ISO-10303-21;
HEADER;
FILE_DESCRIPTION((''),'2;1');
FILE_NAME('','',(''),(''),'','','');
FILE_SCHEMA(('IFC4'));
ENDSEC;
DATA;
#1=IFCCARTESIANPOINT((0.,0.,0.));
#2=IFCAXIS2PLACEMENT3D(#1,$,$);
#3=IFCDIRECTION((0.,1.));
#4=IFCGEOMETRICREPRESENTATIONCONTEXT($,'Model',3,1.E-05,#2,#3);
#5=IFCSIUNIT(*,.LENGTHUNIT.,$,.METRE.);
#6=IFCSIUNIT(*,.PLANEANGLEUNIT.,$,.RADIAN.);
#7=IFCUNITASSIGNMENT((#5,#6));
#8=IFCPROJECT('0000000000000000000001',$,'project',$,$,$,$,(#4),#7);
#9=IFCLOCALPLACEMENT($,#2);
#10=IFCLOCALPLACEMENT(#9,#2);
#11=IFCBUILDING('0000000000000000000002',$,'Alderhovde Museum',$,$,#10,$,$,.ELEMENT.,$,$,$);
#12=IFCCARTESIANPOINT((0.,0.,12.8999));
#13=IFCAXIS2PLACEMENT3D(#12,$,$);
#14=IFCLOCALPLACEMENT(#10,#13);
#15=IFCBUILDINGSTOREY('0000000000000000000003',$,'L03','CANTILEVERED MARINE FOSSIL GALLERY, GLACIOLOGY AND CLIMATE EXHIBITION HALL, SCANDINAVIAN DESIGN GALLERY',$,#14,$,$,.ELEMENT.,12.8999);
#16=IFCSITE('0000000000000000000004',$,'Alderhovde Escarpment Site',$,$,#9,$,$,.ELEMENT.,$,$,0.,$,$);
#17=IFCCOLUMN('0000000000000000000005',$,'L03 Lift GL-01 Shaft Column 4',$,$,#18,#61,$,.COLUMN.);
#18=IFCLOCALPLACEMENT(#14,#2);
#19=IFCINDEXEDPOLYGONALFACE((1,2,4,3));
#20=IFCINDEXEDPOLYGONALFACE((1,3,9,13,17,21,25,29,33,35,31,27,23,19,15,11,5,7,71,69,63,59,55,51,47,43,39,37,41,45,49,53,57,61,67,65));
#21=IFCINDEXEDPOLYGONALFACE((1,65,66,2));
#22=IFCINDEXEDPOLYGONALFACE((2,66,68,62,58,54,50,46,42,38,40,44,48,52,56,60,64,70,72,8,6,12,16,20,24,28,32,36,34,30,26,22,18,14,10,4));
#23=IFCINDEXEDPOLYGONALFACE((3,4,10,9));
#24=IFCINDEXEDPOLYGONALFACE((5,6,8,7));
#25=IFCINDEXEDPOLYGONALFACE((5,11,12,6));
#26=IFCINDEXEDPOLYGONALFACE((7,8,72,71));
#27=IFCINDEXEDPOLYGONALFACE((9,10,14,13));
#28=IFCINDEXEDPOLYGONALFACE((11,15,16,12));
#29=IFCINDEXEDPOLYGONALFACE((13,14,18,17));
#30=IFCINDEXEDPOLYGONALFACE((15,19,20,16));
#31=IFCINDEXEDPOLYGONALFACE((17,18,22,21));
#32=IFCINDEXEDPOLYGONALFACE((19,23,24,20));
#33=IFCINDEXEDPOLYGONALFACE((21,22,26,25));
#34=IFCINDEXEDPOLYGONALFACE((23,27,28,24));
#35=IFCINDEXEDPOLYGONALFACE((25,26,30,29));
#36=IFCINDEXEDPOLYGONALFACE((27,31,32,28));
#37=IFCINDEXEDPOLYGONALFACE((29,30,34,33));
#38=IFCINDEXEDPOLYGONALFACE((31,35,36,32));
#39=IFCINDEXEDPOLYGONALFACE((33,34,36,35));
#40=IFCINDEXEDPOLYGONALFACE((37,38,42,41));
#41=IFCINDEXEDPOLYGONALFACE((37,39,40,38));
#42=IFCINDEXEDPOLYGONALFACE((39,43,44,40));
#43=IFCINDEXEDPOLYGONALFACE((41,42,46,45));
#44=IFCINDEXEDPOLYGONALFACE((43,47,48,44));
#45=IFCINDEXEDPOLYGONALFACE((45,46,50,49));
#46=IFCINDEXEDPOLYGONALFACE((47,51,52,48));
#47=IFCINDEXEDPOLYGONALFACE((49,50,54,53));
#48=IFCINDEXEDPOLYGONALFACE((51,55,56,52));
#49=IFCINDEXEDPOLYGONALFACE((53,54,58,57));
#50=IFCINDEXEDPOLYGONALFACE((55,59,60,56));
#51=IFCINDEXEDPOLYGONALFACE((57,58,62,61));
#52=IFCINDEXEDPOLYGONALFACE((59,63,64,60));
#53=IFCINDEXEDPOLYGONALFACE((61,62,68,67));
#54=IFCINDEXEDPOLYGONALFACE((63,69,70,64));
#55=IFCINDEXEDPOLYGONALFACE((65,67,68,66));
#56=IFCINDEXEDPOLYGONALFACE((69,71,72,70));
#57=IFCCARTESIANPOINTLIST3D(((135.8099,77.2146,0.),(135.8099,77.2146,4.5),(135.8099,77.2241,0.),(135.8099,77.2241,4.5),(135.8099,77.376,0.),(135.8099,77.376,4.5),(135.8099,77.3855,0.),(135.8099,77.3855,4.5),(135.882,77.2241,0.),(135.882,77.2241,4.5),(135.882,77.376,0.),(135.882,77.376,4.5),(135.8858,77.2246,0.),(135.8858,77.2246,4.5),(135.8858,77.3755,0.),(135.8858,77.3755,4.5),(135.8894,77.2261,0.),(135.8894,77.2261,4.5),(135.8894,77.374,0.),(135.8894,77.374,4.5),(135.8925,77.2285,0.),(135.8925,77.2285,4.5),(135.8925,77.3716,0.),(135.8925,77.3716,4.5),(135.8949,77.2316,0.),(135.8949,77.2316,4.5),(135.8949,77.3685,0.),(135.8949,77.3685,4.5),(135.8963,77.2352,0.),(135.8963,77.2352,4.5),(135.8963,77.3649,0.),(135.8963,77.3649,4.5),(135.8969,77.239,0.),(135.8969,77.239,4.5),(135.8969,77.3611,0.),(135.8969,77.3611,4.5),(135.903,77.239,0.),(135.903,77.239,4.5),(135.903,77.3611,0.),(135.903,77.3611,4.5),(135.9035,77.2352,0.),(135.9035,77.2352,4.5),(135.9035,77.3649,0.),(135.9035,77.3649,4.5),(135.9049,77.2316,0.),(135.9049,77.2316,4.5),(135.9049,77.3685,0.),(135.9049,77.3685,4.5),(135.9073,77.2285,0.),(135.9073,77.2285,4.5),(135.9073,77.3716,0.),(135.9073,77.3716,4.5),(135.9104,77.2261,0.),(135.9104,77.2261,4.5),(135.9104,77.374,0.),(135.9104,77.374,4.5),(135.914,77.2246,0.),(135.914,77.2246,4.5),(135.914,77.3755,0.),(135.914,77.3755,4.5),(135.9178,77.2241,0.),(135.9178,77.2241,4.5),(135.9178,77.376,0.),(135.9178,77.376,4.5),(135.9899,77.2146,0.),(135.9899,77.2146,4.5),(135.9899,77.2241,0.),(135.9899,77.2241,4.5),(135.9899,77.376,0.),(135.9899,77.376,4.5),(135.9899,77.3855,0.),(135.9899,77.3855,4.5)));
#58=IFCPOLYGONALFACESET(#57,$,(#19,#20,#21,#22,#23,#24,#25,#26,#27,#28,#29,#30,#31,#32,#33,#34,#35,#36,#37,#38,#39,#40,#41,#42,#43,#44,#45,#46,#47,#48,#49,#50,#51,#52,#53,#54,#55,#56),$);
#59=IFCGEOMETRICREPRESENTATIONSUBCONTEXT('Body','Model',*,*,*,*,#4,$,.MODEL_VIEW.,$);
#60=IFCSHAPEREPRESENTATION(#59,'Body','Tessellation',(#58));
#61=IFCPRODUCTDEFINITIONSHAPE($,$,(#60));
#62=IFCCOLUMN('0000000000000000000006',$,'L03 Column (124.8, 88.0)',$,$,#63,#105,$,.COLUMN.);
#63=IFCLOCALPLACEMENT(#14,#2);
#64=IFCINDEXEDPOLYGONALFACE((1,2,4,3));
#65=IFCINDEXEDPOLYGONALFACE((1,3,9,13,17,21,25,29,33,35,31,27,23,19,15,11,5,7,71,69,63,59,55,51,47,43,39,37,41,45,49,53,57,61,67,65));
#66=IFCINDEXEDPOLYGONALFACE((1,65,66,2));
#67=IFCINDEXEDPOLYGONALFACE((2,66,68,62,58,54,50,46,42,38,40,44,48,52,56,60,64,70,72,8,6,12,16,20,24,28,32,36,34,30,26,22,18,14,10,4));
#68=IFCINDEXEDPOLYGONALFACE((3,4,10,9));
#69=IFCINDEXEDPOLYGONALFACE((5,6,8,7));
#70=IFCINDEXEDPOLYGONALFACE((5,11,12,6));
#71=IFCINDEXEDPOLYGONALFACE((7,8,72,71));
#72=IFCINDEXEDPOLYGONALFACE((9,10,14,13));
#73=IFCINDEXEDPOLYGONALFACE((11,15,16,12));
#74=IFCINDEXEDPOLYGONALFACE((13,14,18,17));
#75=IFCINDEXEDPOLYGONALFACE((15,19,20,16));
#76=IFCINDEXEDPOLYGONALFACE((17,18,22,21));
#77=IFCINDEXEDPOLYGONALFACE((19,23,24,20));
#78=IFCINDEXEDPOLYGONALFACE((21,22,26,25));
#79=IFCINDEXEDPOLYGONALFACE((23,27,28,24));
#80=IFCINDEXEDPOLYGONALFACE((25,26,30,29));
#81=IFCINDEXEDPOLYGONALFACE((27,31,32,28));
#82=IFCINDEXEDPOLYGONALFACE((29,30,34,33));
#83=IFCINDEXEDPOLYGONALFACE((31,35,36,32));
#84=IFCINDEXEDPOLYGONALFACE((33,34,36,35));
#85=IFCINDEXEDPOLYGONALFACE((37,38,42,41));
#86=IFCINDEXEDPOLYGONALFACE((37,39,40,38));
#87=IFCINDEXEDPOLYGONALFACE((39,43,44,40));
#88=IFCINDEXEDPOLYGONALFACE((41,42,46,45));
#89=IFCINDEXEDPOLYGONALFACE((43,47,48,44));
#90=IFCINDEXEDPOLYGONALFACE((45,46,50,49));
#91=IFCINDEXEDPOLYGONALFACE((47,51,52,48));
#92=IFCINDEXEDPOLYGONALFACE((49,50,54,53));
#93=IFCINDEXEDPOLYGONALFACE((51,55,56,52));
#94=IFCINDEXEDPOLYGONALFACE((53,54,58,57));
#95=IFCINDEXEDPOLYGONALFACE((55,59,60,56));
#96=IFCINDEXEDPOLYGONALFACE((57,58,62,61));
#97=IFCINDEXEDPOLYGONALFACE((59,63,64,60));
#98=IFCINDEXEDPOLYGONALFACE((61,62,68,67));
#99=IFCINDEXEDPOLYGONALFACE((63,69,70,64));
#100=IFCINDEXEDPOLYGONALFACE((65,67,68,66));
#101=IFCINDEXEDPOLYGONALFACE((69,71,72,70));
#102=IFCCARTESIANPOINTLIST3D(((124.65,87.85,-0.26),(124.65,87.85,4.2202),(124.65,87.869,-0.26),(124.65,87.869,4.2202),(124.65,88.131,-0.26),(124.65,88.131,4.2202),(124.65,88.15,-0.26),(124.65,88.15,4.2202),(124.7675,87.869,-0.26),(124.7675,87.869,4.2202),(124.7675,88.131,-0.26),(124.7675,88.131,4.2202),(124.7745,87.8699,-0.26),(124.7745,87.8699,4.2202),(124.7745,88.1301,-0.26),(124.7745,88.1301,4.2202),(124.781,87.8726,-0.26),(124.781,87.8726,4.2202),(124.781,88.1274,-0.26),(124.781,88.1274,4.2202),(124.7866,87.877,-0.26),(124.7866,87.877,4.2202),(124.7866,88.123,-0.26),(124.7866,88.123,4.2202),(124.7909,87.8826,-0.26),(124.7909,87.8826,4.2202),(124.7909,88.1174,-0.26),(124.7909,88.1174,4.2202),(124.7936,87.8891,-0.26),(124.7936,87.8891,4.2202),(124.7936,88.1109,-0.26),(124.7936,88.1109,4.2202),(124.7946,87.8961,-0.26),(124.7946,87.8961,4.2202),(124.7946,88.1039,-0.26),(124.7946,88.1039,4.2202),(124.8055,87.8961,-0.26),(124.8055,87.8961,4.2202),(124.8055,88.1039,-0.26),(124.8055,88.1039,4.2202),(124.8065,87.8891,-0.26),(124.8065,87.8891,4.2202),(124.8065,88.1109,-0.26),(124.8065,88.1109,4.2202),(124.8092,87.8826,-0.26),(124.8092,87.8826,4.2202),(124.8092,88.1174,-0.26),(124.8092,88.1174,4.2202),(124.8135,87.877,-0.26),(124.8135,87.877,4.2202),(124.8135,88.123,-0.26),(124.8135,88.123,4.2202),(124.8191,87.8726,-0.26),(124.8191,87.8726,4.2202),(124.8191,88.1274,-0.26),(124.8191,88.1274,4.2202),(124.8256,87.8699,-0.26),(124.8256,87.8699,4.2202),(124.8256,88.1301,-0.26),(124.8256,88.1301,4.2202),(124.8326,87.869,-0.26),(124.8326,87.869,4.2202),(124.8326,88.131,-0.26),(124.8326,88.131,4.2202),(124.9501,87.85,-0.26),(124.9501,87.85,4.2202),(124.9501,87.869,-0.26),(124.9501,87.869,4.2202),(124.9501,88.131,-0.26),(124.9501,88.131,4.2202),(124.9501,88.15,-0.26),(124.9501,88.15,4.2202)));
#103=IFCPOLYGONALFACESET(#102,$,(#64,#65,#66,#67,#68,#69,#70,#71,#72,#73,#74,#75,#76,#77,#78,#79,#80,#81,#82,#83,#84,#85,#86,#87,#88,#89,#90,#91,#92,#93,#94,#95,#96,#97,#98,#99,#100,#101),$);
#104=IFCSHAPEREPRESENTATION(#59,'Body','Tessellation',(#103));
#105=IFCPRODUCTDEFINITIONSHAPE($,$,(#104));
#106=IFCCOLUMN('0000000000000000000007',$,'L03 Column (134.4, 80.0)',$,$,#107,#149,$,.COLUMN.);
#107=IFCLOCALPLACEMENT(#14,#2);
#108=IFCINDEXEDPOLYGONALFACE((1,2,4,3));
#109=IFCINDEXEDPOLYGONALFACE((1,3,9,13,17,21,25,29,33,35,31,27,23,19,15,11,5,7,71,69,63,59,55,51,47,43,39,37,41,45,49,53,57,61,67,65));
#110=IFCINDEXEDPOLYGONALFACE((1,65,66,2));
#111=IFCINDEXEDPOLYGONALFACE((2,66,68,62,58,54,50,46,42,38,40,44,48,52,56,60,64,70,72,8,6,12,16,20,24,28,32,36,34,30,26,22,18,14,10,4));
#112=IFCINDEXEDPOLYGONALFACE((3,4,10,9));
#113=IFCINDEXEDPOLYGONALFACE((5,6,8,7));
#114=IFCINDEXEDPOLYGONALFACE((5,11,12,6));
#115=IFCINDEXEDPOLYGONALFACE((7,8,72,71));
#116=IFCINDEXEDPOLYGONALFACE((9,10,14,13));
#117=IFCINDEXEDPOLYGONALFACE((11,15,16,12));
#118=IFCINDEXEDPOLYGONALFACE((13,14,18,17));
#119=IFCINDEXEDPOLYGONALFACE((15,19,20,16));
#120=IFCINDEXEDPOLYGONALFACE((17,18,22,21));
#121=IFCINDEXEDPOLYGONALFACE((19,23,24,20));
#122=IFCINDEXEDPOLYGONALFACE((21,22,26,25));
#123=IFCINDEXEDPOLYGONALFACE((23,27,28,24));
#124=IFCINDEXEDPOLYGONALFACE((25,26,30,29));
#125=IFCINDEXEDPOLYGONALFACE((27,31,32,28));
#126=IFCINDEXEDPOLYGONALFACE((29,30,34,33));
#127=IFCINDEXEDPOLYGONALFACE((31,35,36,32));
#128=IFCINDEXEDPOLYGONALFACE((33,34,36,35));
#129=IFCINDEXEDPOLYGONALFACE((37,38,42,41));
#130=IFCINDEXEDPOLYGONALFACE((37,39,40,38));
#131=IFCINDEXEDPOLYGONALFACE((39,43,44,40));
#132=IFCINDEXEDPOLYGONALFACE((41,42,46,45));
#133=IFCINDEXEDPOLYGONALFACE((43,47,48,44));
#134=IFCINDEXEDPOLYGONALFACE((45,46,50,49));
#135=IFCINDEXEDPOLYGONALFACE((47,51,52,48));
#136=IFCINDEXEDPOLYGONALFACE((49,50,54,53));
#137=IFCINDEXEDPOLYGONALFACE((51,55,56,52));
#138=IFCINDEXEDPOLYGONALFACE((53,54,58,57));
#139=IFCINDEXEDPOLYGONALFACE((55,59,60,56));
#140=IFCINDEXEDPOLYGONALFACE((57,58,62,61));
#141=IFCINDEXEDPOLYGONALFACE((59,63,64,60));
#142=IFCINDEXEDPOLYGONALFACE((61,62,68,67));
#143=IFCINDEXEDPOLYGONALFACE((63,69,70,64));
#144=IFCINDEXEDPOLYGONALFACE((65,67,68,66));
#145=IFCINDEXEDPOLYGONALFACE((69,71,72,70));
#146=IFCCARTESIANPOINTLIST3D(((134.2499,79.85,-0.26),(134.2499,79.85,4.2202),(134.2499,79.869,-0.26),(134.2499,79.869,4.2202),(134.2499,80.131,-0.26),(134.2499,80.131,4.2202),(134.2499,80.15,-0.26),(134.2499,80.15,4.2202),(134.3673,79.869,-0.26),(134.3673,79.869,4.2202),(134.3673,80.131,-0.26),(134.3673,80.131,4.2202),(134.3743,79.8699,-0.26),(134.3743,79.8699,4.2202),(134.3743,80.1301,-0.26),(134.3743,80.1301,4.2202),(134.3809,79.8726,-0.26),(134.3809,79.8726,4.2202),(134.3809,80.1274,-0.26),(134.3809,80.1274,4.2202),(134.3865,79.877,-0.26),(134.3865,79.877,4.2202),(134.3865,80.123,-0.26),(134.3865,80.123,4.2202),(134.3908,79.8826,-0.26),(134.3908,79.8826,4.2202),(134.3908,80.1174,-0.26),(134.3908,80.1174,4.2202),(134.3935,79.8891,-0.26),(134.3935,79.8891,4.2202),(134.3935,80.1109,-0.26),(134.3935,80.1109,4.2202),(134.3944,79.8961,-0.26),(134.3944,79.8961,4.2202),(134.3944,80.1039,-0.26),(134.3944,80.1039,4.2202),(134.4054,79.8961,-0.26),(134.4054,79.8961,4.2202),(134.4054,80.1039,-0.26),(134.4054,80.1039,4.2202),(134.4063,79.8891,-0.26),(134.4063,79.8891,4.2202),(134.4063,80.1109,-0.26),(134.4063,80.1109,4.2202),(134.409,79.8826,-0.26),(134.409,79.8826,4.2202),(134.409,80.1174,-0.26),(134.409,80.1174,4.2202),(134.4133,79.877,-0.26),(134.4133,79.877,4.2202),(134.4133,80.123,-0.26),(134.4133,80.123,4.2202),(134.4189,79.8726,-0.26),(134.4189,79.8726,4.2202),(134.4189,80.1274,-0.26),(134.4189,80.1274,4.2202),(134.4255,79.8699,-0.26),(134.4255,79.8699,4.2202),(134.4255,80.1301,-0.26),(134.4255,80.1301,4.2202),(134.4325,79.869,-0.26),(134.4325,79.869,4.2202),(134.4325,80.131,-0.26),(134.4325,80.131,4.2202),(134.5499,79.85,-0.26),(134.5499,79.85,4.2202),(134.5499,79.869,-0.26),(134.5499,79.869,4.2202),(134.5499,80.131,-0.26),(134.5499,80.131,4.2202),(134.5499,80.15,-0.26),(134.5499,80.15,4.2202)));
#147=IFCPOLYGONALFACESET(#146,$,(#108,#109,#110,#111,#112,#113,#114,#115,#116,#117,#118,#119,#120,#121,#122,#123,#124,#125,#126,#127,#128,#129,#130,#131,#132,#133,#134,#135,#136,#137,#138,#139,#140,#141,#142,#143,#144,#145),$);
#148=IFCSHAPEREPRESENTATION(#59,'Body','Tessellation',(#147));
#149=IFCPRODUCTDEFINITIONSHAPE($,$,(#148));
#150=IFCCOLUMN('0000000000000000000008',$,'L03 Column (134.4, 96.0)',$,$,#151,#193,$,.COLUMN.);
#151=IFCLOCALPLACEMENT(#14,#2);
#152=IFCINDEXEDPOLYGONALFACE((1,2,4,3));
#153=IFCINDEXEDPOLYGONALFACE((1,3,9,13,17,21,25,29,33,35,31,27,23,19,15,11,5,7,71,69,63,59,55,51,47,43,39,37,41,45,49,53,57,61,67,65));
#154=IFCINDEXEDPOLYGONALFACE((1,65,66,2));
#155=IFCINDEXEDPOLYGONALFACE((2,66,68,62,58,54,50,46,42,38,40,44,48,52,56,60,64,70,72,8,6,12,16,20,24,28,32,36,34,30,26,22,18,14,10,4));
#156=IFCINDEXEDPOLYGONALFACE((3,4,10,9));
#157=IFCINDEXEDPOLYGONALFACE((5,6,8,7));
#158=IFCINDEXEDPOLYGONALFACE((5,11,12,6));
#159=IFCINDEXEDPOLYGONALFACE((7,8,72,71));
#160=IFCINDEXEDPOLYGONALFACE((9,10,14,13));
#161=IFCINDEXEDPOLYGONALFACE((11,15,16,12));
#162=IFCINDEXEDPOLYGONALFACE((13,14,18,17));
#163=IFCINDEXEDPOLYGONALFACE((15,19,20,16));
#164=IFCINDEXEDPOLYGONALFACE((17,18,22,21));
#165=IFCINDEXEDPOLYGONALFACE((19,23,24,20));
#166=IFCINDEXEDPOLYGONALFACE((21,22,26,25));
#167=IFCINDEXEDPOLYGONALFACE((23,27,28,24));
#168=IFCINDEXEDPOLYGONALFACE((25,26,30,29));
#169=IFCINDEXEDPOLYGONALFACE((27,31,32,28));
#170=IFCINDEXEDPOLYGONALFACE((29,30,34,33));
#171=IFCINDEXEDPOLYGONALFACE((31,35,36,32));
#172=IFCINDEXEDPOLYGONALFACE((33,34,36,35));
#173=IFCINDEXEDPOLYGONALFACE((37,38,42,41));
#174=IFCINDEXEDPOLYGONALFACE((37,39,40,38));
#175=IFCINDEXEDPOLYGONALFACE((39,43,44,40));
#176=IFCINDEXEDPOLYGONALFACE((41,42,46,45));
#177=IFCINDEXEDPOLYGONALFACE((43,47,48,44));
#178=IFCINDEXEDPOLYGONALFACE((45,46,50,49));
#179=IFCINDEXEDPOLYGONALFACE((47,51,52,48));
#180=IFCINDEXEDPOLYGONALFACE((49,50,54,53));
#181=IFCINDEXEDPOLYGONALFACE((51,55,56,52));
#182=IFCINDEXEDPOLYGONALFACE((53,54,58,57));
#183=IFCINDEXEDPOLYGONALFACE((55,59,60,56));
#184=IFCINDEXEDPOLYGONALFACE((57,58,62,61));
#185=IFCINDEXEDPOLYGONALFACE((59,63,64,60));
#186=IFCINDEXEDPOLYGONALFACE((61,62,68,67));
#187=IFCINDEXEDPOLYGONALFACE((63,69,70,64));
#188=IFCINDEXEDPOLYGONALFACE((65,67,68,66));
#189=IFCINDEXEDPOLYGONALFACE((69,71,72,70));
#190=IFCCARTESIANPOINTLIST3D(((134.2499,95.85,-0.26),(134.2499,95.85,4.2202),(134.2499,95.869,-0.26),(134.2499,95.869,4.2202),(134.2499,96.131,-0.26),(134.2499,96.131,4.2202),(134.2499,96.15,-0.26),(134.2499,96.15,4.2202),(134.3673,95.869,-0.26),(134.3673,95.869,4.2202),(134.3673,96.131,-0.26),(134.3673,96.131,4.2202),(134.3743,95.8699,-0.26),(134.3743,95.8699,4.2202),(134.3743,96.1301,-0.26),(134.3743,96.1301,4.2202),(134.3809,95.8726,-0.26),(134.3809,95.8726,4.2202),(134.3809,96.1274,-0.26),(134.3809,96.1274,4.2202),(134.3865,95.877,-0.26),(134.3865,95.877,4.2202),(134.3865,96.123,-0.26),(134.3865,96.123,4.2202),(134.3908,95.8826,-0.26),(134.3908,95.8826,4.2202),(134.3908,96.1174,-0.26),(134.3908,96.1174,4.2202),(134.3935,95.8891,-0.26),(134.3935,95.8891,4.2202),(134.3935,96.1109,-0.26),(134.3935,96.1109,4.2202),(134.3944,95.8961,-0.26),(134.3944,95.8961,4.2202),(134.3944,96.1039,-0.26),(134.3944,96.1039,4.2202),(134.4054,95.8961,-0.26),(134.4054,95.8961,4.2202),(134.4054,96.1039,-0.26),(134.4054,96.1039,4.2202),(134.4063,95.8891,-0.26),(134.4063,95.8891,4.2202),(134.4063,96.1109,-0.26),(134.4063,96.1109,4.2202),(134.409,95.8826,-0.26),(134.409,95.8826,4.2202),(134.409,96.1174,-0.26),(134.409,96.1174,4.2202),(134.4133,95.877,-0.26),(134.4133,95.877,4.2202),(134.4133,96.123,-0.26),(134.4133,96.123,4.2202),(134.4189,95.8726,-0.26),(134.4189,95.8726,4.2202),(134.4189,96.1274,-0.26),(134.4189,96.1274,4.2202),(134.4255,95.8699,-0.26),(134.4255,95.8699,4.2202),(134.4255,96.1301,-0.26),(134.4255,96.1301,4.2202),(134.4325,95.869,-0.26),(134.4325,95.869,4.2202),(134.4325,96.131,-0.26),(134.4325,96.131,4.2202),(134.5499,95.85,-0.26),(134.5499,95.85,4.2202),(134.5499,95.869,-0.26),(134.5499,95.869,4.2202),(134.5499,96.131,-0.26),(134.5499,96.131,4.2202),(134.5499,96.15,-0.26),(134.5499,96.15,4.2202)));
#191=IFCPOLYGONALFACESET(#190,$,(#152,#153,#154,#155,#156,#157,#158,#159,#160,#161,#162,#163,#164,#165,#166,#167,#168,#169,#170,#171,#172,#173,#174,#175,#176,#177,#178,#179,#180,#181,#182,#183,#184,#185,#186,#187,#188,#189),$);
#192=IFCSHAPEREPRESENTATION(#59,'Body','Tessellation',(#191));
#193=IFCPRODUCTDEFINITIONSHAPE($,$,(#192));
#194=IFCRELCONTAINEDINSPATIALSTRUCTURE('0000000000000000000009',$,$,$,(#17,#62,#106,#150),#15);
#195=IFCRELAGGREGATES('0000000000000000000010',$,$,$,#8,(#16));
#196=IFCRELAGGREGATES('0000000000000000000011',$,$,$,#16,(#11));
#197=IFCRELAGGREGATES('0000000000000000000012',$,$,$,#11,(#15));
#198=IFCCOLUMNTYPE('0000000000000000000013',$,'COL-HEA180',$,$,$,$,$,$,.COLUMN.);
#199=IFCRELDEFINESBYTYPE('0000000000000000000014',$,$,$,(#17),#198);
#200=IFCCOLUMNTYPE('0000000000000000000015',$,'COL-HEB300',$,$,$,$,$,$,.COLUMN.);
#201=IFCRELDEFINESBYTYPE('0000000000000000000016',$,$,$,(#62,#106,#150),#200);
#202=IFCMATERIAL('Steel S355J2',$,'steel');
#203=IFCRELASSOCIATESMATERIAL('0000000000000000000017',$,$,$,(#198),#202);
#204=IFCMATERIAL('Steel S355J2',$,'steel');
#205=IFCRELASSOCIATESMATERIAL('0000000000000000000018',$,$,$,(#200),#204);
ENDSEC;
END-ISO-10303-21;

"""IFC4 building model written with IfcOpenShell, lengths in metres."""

from ifc_helpers import new_model, si_unit, direction, frame, origin, origin_2d, place, context, subcontext, project, spatial, i_section, extrude, material, material_profile, profile_set, type_object, element, save


model = new_model("IFC4")

# Units and contexts
model_context = context("Model", 3, precision=1e-05, world=origin(), true_north=direction((0.0, 1.0)))
body_context = subcontext(model_context, "Body", "Model", "MODEL_VIEW")
ifc_project = project(units=[si_unit("LENGTHUNIT", "METRE"), si_unit("PLANEANGLEUNIT", "RADIAN")], contexts=[model_context])

# Site, building, storey
site_placement = place(None, origin())
site = spatial("IfcSite", under=ifc_project, at=site_placement, Name="Alderhovde Escarpment Site", CompositionType="ELEMENT", RefElevation=0.0)
building_placement = place(site_placement, origin())
building = spatial("IfcBuilding", under=site, at=building_placement, Name="Alderhovde Museum", CompositionType="ELEMENT")
storey_placement = place(building_placement, frame((0.0, 0.0, 12.8999)))
storey = spatial("IfcBuildingStorey", under=building, at=storey_placement, Name="L03", Description="CANTILEVERED MARINE FOSSIL GALLERY, GLACIOLOGY AND CLIMATE EXHIBITION HALL, SCANDINAVIAN DESIGN GALLERY", CompositionType="ELEMENT", Elevation=12.8999)

# Columns
ifc_material_1 = material(Name="Steel S355J2", Category="steel")
ifc_material_profile_1 = material_profile(ifc_material_1, i_section(OverallWidth=0.1799, OverallDepth=0.1709, WebThickness=0.0061, FlangeThickness=0.0095, FilletRadius=0.0149, at=origin_2d()), Name="HEA 180")
ifc_profile_set_1 = profile_set([ifc_material_profile_1], Name="Steel S355J2")
column_type_1 = type_object("IfcColumnType", Name="COL-HEA180", PredefinedType="COLUMN", material=ifc_profile_set_1)
column_1_placement = place(storey_placement, frame((135.8999, 77.3, 0.0), z_axis=(0.0, 0.0, 1.0), x_axis=(1.0, 0.0, 0.0)))
element("IfcColumn", 1, at=column_1_placement, inside=storey, type_object=column_type_1, Name="L03 Lift GL-01 Shaft Column 4", PredefinedType="COLUMN", context=body_context, shape_type="SweptSolid", body=[
    extrude(i_section(OverallWidth=0.1799, OverallDepth=0.1709, WebThickness=0.0061, FlangeThickness=0.0095, FilletRadius=0.0149, at=origin_2d()), origin(), (0.0, 0.0, 1.0), 4.5),
])
ifc_material_2 = material(Name="Steel S355J2", Category="steel")
ifc_material_profile_2 = material_profile(ifc_material_2, i_section(OverallWidth=0.3, OverallDepth=0.3, WebThickness=0.011, FlangeThickness=0.019, FilletRadius=0.0271, at=origin_2d()), Name="HEB 300")
ifc_profile_set_2 = profile_set([ifc_material_profile_2], Name="Steel S355J2")
column_type_2 = type_object("IfcColumnType", Name="COL-HEB300", PredefinedType="COLUMN", material=ifc_profile_set_2)
for number, where, z_axis, x_axis, name in (
    (2, (124.8, 88.0, -0.26), (0.0, 0.0, 1.0), (1.0, 0.0, 0.0), "L03 Column (124.8, 88.0)"),
    (3, (134.3999, 80.0, -0.26), (0.0, 0.0, 1.0), (1.0, 0.0, 0.0), "L03 Column (134.4, 80.0)"),
    (4, (134.3999, 96.0, -0.26), (0.0, 0.0, 1.0), (1.0, 0.0, 0.0), "L03 Column (134.4, 96.0)"),
):
    element("IfcColumn", number, at=place(storey_placement, frame(where, z_axis=z_axis, x_axis=x_axis)), inside=storey, type_object=column_type_2, Name=name, PredefinedType="COLUMN", context=body_context, shape_type="SweptSolid", body=[
        extrude(i_section(OverallWidth=0.3, OverallDepth=0.3, WebThickness=0.011, FlangeThickness=0.019, FilletRadius=0.0271, at=origin_2d()), origin(), (0.0, 0.0, 1.0), 4.4802),
    ])

save(model, "model.ifc")
